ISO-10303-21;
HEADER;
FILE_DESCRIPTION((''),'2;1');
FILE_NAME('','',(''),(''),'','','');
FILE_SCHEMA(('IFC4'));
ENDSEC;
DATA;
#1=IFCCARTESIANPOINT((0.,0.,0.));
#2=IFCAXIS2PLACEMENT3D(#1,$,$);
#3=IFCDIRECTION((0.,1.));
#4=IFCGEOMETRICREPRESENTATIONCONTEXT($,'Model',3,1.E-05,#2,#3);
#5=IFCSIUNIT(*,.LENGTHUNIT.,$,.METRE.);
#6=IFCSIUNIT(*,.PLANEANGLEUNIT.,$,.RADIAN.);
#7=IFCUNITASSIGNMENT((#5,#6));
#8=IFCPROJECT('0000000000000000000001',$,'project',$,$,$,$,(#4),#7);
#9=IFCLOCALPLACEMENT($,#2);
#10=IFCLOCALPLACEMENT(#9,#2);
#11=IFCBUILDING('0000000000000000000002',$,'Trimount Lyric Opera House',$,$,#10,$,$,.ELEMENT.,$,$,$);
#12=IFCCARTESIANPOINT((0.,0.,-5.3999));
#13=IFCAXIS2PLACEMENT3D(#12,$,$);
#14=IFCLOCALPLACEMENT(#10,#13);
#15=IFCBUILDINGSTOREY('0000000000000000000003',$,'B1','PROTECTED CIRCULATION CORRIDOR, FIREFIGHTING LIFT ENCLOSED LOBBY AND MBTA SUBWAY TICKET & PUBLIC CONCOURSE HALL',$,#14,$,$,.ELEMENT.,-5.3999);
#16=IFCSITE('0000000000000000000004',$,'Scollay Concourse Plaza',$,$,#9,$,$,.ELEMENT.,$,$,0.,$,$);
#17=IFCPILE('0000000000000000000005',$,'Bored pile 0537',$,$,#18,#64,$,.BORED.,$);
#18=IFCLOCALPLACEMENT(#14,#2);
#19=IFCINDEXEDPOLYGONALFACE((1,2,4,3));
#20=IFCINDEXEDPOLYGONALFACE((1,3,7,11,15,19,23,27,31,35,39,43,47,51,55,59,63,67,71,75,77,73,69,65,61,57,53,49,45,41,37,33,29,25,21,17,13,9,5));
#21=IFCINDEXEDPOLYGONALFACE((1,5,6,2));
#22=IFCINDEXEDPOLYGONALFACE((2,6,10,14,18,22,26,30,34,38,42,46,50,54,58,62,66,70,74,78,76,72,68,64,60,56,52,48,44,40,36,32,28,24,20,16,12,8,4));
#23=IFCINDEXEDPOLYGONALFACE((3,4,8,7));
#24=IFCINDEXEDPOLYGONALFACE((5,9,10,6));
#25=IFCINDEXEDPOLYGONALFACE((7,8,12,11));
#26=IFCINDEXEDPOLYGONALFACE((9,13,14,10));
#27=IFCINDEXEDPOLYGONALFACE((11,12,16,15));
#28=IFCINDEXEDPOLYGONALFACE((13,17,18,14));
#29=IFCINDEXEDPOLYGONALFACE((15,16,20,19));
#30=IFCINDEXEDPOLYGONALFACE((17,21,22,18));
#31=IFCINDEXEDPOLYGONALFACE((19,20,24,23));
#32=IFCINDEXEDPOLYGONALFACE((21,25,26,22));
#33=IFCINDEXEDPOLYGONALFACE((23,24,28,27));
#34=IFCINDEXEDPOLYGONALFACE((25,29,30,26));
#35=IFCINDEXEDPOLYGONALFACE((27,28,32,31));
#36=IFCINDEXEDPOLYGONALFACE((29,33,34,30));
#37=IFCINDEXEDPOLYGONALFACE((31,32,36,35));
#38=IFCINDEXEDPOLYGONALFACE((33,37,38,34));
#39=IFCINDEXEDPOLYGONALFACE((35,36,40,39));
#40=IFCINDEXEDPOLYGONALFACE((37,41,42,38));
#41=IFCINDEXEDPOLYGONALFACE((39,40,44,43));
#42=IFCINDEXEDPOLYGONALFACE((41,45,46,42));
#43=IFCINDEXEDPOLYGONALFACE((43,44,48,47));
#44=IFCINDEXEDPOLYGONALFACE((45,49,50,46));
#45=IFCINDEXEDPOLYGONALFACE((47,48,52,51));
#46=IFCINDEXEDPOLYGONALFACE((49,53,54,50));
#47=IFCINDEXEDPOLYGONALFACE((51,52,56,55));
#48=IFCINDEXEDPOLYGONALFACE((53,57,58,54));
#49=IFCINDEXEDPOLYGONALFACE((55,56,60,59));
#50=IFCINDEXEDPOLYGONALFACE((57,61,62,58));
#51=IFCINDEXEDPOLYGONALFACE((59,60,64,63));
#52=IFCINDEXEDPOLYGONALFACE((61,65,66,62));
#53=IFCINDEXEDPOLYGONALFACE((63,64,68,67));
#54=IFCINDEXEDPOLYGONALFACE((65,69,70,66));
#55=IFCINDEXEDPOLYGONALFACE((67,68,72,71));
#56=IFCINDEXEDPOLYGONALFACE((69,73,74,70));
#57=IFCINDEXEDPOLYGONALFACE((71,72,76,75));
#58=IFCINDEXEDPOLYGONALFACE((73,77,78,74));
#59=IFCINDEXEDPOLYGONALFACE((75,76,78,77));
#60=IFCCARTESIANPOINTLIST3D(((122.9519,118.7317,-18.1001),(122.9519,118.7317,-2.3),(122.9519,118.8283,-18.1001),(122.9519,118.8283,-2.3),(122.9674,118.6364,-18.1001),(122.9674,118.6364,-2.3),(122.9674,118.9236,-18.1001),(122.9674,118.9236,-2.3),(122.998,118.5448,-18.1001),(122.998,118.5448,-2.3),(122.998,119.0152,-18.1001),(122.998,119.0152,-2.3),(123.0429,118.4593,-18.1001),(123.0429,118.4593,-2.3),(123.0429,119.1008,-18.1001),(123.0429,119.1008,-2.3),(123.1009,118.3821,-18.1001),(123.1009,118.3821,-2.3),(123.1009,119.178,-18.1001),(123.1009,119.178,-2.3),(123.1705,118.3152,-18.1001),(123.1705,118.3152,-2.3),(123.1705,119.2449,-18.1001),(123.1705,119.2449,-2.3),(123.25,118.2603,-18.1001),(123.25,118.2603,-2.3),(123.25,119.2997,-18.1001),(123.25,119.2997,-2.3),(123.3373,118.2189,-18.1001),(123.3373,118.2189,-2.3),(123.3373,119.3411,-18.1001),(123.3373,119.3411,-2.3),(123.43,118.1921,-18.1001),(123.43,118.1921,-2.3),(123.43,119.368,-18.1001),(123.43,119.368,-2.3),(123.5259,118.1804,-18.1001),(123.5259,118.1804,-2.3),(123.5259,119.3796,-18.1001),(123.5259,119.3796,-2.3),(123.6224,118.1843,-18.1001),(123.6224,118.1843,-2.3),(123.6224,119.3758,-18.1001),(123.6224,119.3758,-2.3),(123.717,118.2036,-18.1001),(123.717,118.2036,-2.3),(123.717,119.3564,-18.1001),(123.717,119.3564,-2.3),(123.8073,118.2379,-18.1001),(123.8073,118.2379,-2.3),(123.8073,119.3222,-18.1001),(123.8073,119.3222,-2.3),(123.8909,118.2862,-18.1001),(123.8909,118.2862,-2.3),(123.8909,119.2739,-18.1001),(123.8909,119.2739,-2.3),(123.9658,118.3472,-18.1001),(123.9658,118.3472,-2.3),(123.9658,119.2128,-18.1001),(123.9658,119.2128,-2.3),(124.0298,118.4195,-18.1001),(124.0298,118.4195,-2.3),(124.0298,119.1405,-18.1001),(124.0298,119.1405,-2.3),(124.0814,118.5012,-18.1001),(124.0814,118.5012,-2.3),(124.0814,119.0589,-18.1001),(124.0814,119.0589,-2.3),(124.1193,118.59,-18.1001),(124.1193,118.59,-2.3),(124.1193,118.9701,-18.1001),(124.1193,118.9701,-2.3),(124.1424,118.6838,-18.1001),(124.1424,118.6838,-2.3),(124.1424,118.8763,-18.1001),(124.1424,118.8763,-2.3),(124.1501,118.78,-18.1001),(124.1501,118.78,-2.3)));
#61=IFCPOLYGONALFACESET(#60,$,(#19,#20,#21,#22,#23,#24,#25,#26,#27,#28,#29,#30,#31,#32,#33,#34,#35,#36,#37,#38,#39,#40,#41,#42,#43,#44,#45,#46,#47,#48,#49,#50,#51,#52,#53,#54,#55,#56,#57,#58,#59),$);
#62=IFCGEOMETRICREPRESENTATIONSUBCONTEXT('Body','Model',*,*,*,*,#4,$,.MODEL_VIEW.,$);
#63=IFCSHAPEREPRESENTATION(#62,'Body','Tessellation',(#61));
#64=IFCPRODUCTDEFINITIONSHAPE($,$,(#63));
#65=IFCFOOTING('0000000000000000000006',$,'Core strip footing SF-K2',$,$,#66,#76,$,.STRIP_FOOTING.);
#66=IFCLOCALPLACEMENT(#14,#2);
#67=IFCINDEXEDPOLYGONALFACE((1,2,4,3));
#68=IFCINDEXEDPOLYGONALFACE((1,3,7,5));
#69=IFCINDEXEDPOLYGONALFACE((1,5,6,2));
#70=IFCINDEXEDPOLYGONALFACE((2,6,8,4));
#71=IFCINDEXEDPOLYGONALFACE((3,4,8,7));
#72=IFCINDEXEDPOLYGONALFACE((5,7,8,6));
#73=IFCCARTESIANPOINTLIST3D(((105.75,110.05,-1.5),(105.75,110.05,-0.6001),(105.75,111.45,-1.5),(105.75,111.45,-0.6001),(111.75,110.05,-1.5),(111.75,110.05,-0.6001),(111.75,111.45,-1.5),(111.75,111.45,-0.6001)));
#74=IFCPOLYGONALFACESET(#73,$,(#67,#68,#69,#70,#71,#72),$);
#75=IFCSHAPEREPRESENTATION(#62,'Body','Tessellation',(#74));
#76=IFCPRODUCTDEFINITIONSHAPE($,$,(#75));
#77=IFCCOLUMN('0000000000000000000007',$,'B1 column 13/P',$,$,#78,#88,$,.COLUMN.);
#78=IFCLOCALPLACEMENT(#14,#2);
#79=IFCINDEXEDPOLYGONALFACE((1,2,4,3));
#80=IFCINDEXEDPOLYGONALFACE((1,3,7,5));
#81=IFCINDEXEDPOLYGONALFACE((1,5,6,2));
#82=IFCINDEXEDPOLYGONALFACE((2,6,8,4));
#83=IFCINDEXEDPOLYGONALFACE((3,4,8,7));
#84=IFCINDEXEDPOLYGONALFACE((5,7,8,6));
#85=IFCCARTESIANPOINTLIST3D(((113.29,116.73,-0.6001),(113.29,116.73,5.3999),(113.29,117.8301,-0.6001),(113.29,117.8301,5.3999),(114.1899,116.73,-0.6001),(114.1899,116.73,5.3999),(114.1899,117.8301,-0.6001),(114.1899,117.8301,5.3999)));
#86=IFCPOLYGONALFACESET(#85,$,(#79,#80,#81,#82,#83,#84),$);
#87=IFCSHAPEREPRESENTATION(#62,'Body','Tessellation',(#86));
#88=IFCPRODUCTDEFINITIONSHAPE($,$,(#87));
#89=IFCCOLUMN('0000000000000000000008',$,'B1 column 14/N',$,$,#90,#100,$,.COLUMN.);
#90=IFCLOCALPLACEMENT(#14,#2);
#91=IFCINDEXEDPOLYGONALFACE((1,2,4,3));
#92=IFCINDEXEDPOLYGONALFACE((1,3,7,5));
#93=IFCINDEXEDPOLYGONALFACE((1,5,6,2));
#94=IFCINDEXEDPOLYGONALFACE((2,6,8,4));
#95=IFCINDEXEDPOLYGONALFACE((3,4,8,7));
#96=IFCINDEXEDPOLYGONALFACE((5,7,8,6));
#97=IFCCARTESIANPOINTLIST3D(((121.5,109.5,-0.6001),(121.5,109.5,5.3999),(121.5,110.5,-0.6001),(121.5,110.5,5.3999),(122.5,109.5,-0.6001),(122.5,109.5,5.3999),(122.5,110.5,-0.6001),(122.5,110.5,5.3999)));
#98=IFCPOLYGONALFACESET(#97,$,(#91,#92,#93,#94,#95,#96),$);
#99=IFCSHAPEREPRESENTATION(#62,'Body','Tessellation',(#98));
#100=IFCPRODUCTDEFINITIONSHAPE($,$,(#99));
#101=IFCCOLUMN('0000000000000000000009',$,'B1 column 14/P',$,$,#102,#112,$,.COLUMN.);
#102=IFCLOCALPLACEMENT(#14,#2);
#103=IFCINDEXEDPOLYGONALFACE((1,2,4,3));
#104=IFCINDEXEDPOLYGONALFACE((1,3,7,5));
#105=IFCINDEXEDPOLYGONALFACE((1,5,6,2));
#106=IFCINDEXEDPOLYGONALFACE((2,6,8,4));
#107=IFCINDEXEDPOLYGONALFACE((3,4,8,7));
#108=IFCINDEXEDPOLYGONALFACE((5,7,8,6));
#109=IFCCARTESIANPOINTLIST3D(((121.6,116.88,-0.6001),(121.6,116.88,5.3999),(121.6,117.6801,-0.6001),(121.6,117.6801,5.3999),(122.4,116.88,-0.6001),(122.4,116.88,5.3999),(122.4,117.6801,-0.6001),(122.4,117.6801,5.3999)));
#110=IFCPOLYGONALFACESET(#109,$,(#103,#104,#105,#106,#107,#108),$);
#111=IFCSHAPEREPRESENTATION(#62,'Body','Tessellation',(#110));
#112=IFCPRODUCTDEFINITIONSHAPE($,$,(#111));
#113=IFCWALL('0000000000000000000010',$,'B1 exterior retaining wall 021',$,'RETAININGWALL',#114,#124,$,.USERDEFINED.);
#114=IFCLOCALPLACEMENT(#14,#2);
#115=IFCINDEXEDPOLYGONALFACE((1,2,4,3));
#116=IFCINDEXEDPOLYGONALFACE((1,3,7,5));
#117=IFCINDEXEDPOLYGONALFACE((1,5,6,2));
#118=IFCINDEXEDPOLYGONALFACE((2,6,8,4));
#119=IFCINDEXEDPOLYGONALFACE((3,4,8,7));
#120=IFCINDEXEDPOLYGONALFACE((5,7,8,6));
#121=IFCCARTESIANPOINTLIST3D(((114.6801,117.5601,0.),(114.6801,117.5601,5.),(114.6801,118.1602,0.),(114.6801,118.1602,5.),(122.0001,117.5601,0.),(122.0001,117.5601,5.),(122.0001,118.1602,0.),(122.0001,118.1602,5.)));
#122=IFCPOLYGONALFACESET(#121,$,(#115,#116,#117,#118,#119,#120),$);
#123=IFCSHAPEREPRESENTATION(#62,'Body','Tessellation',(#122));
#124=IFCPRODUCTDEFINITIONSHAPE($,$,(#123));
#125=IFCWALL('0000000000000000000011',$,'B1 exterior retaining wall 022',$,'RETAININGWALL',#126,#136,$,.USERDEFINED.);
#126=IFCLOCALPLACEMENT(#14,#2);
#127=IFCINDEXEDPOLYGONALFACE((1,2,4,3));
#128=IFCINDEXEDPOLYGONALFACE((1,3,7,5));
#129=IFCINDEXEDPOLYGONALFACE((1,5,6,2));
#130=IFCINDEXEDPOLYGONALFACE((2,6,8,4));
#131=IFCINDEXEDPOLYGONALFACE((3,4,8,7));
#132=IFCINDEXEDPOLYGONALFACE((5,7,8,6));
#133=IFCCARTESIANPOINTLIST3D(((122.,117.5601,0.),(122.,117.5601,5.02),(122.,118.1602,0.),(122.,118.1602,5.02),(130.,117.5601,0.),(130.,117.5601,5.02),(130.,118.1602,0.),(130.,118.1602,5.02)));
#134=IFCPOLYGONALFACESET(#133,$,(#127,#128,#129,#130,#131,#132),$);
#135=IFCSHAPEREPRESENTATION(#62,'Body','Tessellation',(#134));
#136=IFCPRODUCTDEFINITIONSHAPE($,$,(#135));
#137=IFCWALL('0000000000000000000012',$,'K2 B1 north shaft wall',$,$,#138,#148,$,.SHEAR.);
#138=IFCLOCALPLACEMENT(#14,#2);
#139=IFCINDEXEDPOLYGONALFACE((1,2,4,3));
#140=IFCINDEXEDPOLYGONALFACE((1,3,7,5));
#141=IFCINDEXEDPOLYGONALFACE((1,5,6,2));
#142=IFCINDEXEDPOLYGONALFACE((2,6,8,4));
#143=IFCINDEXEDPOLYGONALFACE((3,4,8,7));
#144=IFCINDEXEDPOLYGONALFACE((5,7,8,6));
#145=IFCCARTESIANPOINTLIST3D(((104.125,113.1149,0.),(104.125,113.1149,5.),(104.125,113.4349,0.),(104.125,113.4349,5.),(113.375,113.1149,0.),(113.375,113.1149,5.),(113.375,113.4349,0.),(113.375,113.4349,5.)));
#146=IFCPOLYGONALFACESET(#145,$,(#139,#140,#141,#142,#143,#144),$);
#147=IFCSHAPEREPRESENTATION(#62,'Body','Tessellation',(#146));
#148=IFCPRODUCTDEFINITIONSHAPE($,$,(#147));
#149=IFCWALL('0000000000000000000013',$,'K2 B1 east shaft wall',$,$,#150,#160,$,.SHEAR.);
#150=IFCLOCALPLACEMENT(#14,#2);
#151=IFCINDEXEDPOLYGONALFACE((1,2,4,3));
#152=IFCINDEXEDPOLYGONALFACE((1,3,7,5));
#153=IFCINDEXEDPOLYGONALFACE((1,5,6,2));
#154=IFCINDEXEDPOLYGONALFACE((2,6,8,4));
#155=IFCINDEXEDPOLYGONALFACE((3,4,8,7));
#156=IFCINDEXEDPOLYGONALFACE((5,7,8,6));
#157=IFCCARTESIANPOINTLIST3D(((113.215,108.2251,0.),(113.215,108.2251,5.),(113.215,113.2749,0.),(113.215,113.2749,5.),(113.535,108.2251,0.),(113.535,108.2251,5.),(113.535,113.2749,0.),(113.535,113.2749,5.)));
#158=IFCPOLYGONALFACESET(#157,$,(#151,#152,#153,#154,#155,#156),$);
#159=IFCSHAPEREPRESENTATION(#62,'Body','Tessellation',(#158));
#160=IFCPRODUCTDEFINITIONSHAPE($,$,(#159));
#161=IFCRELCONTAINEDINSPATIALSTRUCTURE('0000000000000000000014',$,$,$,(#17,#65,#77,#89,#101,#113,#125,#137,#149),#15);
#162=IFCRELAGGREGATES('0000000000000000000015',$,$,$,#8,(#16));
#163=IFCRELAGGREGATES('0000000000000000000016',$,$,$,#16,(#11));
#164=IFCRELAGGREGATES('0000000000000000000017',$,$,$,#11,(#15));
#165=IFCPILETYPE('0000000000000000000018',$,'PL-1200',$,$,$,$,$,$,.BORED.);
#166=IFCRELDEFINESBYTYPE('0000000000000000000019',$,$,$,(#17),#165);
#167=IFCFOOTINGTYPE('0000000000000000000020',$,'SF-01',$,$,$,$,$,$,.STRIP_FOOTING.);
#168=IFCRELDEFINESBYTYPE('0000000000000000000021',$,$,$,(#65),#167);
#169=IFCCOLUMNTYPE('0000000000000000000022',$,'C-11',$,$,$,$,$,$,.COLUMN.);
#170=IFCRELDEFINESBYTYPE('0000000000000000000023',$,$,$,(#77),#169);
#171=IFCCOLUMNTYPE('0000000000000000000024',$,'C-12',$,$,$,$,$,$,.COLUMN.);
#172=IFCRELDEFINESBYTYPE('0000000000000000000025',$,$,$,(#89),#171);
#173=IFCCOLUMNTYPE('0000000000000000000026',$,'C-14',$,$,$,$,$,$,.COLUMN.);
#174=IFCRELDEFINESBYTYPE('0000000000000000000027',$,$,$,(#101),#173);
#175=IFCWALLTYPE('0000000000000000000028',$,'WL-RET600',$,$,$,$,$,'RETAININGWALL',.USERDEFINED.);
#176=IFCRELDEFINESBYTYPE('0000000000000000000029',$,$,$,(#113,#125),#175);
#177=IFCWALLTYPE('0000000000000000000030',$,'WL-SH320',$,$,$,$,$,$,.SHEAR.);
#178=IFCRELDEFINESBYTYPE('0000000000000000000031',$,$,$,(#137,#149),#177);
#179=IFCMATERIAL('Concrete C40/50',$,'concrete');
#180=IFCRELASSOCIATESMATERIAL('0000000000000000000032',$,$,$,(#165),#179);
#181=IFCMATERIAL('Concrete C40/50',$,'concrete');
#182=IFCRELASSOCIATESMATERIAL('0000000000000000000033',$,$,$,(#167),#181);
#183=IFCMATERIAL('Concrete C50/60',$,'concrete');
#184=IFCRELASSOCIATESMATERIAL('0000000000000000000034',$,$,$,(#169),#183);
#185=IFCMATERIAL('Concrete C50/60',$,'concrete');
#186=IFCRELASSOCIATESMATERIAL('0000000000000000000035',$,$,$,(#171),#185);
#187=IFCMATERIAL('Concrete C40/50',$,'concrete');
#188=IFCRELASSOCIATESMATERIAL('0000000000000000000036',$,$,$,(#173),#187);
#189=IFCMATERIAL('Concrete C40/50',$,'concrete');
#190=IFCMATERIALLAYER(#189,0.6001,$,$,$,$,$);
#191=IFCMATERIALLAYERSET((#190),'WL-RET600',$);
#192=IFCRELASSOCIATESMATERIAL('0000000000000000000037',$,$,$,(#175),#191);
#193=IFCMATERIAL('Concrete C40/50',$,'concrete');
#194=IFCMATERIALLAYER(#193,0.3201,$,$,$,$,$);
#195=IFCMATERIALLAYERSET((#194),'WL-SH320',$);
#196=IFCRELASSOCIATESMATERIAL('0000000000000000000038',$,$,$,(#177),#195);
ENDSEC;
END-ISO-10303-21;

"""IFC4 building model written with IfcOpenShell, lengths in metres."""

from ifc_helpers import new_model, si_unit, direction, frame, frame_2d, origin, origin_2d, place, context, subcontext, project, spatial, rectangle, circle, extrude, material, layer, layer_set, material_profile, profile_set, type_object, element, save


model = new_model("IFC4")

# Units and contexts
model_context = context("Model", 3, precision=1e-05, world=origin(), true_north=direction((0.0, 1.0)))
body_context = subcontext(model_context, "Body", "Model", "MODEL_VIEW")
ifc_project = project(units=[si_unit("LENGTHUNIT", "METRE"), si_unit("PLANEANGLEUNIT", "RADIAN")], contexts=[model_context])

# Site, building, storey
site_placement = place(None, origin())
site = spatial("IfcSite", under=ifc_project, at=site_placement, Name="Scollay Concourse Plaza", CompositionType="ELEMENT", RefElevation=0.0)
building_placement = place(site_placement, origin())
building = spatial("IfcBuilding", under=site, at=building_placement, Name="Trimount Lyric Opera House", CompositionType="ELEMENT")
storey_placement = place(building_placement, frame((0.0, 0.0, -5.3999)))
storey = spatial("IfcBuildingStorey", under=building, at=storey_placement, Name="B1", Description="PROTECTED CIRCULATION CORRIDOR, FIREFIGHTING LIFT ENCLOSED LOBBY AND MBTA SUBWAY TICKET & PUBLIC CONCOURSE HALL", CompositionType="ELEMENT", Elevation=-5.3999)

# Pile
ifc_material_1 = material(Name="Concrete C40/50", Category="concrete")
ifc_material_profile_1 = material_profile(ifc_material_1, circle(Radius=0.6001, at=origin_2d()), Name="PILE-D1200")
ifc_profile_set_1 = profile_set([ifc_material_profile_1], Name="Concrete C40/50")
pile_type = type_object("IfcPileType", Name="PL-1200", PredefinedType="BORED", material=ifc_profile_set_1)
for number, where, z_axis, x_axis, name in (
    (1, (123.55, 118.78, -2.3), (0.0, 0.0, -1.0), (1.0, 0.0, 0.0), "Bored pile 0537"),
):
    element("IfcPile", number, at=place(storey_placement, frame(where, z_axis=z_axis, x_axis=x_axis)), inside=storey, type_object=pile_type, Name=name, PredefinedType="BORED", context=body_context, shape_type="SweptSolid", body=[
        extrude(circle(Radius=0.6001, at=origin_2d()), origin(), (0.0, 0.0, 1.0), 15.8),
    ])

# Footing
ifc_material_2 = material(Name="Concrete C40/50", Category="concrete")
footing_type_1 = type_object("IfcFootingType", Name="SF-01", PredefinedType="STRIP_FOOTING", material=ifc_material_2)
footing_1_placement = place(storey_placement, frame((108.75, 110.75, -1.5), z_axis=(0.0, 0.0, 1.0), x_axis=(1.0, 0.0, 0.0)))
element("IfcFooting", 2, at=footing_1_placement, inside=storey, type_object=footing_type_1, Name="Core strip footing SF-K2", PredefinedType="STRIP_FOOTING", context=body_context, shape_type="SweptSolid", body=[
    extrude(rectangle(XDim=6.0, YDim=1.3999, at=origin_2d()), origin(), (0.0, 0.0, 1.0), 0.8999),
])

# Columns
ifc_material_3 = material(Name="Concrete C50/60", Category="concrete")
ifc_material_profile_2 = material_profile(ifc_material_3, rectangle(XDim=0.8999, YDim=1.1001, at=origin_2d()), Name="RC1100X900")
ifc_profile_set_2 = profile_set([ifc_material_profile_2], Name="Concrete C50/60")
column_type_1 = type_object("IfcColumnType", Name="C-11", PredefinedType="COLUMN", material=ifc_profile_set_2)
column_1_placement = place(storey_placement, frame((113.74, 117.28, -0.6001), z_axis=(0.0, 0.0, 1.0), x_axis=(1.0, 0.0, 0.0)))
element("IfcColumn", 3, at=column_1_placement, inside=storey, type_object=column_type_1, Name="B1 column 13/P", PredefinedType="COLUMN", context=body_context, shape_type="SweptSolid", body=[
    extrude(rectangle(XDim=0.8999, YDim=1.1001, at=origin_2d()), origin(), (0.0, 0.0, 1.0), 6.0),
])
ifc_material_4 = material(Name="Concrete C50/60", Category="concrete")
ifc_material_profile_3 = material_profile(ifc_material_4, rectangle(XDim=1.0, YDim=1.0, at=origin_2d()), Name="RC1000X1000")
ifc_profile_set_3 = profile_set([ifc_material_profile_3], Name="Concrete C50/60")
column_type_2 = type_object("IfcColumnType", Name="C-12", PredefinedType="COLUMN", material=ifc_profile_set_3)
column_2_placement = place(storey_placement, frame((122.0, 110.0, -0.6001), z_axis=(0.0, 0.0, 1.0), x_axis=(1.0, 0.0, 0.0)))
element("IfcColumn", 4, at=column_2_placement, inside=storey, type_object=column_type_2, Name="B1 column 14/N", PredefinedType="COLUMN", context=body_context, shape_type="SweptSolid", body=[
    extrude(rectangle(XDim=1.0, YDim=1.0, at=origin_2d()), origin(), (0.0, 0.0, 1.0), 6.0),
])
ifc_material_5 = material(Name="Concrete C40/50", Category="concrete")
ifc_material_profile_4 = material_profile(ifc_material_5, rectangle(XDim=0.8, YDim=0.8, at=origin_2d()), Name="RC800X800")
ifc_profile_set_4 = profile_set([ifc_material_profile_4], Name="Concrete C40/50")
column_type_3 = type_object("IfcColumnType", Name="C-14", PredefinedType="COLUMN", material=ifc_profile_set_4)
column_3_placement = place(storey_placement, frame((122.0, 117.28, -0.6001), z_axis=(0.0, 0.0, 1.0), x_axis=(1.0, 0.0, 0.0)))
element("IfcColumn", 5, at=column_3_placement, inside=storey, type_object=column_type_3, Name="B1 column 14/P", PredefinedType="COLUMN", context=body_context, shape_type="SweptSolid", body=[
    extrude(rectangle(XDim=0.8, YDim=0.8, at=origin_2d()), origin(), (0.0, 0.0, 1.0), 6.0),
])

# Walls
ifc_material_6 = material(Name="Concrete C40/50", Category="concrete")
ifc_layer_1 = layer(ifc_material_6, 0.6001)
ifc_layer_set_1 = layer_set([ifc_layer_1], Name="WL-RET600")
wall_type_1 = type_object("IfcWallType", Name="WL-RET600", ElementType="RETAININGWALL", PredefinedType="USERDEFINED", material=ifc_layer_set_1)
wall_1_placement = place(storey_placement, frame((114.6799, 117.8601, 0.0), z_axis=(0.0, 0.0, 1.0), x_axis=(1.0, 0.0, 0.0)))
element("IfcWall", 6, at=wall_1_placement, inside=storey, type_object=wall_type_1, Name="B1 exterior retaining wall 021", ObjectType="RETAININGWALL", PredefinedType="USERDEFINED", context=body_context, shape_type="SweptSolid", body=[
    extrude(rectangle(XDim=7.3201, YDim=0.6001, at=frame_2d((3.6602, 0.0))), origin(), (0.0, 0.0, 1.0), 5.0),
])
wall_2_placement = place(storey_placement, frame((122.0, 117.8601, 0.0), z_axis=(0.0, 0.0, 1.0), x_axis=(1.0, 0.0, 0.0)))
element("IfcWall", 7, at=wall_2_placement, inside=storey, type_object=wall_type_1, Name="B1 exterior retaining wall 022", ObjectType="RETAININGWALL", PredefinedType="USERDEFINED", context=body_context, shape_type="SweptSolid", body=[
    extrude(rectangle(XDim=8.0, YDim=0.6001, at=frame_2d((4.0, 0.0))), origin(), (0.0, 0.0, 1.0), 5.02),
])
ifc_material_7 = material(Name="Concrete C40/50", Category="concrete")
ifc_layer_2 = layer(ifc_material_7, 0.3201)
ifc_layer_set_2 = layer_set([ifc_layer_2], Name="WL-SH320")
wall_type_2 = type_object("IfcWallType", Name="WL-SH320", PredefinedType="SHEAR", material=ifc_layer_set_2)
wall_3_placement = place(storey_placement, frame((113.375, 113.2749, 0.0), z_axis=(0.0, 0.0, 1.0), x_axis=(-1.0, 0.0, 0.0)))
element("IfcWall", 8, at=wall_3_placement, inside=storey, type_object=wall_type_2, Name="K2 B1 north shaft wall", PredefinedType="SHEAR", context=body_context, shape_type="SweptSolid", body=[
    extrude(rectangle(XDim=9.25, YDim=0.3201, at=frame_2d((4.625, 0.0))), origin(), (0.0, 0.0, 1.0), 5.0),
])
wall_4_placement = place(storey_placement, frame((113.375, 108.2251, 0.0), z_axis=(0.0, 0.0, 1.0), x_axis=(0.0, 1.0, 0.0)))
element("IfcWall", 9, at=wall_4_placement, inside=storey, type_object=wall_type_2, Name="K2 B1 east shaft wall", PredefinedType="SHEAR", context=body_context, shape_type="SweptSolid", body=[
    extrude(rectangle(XDim=5.0498, YDim=0.3201, at=frame_2d((2.5249, 0.0))), origin(), (0.0, 0.0, 1.0), 5.0),
])

save(model, "model.ifc")
